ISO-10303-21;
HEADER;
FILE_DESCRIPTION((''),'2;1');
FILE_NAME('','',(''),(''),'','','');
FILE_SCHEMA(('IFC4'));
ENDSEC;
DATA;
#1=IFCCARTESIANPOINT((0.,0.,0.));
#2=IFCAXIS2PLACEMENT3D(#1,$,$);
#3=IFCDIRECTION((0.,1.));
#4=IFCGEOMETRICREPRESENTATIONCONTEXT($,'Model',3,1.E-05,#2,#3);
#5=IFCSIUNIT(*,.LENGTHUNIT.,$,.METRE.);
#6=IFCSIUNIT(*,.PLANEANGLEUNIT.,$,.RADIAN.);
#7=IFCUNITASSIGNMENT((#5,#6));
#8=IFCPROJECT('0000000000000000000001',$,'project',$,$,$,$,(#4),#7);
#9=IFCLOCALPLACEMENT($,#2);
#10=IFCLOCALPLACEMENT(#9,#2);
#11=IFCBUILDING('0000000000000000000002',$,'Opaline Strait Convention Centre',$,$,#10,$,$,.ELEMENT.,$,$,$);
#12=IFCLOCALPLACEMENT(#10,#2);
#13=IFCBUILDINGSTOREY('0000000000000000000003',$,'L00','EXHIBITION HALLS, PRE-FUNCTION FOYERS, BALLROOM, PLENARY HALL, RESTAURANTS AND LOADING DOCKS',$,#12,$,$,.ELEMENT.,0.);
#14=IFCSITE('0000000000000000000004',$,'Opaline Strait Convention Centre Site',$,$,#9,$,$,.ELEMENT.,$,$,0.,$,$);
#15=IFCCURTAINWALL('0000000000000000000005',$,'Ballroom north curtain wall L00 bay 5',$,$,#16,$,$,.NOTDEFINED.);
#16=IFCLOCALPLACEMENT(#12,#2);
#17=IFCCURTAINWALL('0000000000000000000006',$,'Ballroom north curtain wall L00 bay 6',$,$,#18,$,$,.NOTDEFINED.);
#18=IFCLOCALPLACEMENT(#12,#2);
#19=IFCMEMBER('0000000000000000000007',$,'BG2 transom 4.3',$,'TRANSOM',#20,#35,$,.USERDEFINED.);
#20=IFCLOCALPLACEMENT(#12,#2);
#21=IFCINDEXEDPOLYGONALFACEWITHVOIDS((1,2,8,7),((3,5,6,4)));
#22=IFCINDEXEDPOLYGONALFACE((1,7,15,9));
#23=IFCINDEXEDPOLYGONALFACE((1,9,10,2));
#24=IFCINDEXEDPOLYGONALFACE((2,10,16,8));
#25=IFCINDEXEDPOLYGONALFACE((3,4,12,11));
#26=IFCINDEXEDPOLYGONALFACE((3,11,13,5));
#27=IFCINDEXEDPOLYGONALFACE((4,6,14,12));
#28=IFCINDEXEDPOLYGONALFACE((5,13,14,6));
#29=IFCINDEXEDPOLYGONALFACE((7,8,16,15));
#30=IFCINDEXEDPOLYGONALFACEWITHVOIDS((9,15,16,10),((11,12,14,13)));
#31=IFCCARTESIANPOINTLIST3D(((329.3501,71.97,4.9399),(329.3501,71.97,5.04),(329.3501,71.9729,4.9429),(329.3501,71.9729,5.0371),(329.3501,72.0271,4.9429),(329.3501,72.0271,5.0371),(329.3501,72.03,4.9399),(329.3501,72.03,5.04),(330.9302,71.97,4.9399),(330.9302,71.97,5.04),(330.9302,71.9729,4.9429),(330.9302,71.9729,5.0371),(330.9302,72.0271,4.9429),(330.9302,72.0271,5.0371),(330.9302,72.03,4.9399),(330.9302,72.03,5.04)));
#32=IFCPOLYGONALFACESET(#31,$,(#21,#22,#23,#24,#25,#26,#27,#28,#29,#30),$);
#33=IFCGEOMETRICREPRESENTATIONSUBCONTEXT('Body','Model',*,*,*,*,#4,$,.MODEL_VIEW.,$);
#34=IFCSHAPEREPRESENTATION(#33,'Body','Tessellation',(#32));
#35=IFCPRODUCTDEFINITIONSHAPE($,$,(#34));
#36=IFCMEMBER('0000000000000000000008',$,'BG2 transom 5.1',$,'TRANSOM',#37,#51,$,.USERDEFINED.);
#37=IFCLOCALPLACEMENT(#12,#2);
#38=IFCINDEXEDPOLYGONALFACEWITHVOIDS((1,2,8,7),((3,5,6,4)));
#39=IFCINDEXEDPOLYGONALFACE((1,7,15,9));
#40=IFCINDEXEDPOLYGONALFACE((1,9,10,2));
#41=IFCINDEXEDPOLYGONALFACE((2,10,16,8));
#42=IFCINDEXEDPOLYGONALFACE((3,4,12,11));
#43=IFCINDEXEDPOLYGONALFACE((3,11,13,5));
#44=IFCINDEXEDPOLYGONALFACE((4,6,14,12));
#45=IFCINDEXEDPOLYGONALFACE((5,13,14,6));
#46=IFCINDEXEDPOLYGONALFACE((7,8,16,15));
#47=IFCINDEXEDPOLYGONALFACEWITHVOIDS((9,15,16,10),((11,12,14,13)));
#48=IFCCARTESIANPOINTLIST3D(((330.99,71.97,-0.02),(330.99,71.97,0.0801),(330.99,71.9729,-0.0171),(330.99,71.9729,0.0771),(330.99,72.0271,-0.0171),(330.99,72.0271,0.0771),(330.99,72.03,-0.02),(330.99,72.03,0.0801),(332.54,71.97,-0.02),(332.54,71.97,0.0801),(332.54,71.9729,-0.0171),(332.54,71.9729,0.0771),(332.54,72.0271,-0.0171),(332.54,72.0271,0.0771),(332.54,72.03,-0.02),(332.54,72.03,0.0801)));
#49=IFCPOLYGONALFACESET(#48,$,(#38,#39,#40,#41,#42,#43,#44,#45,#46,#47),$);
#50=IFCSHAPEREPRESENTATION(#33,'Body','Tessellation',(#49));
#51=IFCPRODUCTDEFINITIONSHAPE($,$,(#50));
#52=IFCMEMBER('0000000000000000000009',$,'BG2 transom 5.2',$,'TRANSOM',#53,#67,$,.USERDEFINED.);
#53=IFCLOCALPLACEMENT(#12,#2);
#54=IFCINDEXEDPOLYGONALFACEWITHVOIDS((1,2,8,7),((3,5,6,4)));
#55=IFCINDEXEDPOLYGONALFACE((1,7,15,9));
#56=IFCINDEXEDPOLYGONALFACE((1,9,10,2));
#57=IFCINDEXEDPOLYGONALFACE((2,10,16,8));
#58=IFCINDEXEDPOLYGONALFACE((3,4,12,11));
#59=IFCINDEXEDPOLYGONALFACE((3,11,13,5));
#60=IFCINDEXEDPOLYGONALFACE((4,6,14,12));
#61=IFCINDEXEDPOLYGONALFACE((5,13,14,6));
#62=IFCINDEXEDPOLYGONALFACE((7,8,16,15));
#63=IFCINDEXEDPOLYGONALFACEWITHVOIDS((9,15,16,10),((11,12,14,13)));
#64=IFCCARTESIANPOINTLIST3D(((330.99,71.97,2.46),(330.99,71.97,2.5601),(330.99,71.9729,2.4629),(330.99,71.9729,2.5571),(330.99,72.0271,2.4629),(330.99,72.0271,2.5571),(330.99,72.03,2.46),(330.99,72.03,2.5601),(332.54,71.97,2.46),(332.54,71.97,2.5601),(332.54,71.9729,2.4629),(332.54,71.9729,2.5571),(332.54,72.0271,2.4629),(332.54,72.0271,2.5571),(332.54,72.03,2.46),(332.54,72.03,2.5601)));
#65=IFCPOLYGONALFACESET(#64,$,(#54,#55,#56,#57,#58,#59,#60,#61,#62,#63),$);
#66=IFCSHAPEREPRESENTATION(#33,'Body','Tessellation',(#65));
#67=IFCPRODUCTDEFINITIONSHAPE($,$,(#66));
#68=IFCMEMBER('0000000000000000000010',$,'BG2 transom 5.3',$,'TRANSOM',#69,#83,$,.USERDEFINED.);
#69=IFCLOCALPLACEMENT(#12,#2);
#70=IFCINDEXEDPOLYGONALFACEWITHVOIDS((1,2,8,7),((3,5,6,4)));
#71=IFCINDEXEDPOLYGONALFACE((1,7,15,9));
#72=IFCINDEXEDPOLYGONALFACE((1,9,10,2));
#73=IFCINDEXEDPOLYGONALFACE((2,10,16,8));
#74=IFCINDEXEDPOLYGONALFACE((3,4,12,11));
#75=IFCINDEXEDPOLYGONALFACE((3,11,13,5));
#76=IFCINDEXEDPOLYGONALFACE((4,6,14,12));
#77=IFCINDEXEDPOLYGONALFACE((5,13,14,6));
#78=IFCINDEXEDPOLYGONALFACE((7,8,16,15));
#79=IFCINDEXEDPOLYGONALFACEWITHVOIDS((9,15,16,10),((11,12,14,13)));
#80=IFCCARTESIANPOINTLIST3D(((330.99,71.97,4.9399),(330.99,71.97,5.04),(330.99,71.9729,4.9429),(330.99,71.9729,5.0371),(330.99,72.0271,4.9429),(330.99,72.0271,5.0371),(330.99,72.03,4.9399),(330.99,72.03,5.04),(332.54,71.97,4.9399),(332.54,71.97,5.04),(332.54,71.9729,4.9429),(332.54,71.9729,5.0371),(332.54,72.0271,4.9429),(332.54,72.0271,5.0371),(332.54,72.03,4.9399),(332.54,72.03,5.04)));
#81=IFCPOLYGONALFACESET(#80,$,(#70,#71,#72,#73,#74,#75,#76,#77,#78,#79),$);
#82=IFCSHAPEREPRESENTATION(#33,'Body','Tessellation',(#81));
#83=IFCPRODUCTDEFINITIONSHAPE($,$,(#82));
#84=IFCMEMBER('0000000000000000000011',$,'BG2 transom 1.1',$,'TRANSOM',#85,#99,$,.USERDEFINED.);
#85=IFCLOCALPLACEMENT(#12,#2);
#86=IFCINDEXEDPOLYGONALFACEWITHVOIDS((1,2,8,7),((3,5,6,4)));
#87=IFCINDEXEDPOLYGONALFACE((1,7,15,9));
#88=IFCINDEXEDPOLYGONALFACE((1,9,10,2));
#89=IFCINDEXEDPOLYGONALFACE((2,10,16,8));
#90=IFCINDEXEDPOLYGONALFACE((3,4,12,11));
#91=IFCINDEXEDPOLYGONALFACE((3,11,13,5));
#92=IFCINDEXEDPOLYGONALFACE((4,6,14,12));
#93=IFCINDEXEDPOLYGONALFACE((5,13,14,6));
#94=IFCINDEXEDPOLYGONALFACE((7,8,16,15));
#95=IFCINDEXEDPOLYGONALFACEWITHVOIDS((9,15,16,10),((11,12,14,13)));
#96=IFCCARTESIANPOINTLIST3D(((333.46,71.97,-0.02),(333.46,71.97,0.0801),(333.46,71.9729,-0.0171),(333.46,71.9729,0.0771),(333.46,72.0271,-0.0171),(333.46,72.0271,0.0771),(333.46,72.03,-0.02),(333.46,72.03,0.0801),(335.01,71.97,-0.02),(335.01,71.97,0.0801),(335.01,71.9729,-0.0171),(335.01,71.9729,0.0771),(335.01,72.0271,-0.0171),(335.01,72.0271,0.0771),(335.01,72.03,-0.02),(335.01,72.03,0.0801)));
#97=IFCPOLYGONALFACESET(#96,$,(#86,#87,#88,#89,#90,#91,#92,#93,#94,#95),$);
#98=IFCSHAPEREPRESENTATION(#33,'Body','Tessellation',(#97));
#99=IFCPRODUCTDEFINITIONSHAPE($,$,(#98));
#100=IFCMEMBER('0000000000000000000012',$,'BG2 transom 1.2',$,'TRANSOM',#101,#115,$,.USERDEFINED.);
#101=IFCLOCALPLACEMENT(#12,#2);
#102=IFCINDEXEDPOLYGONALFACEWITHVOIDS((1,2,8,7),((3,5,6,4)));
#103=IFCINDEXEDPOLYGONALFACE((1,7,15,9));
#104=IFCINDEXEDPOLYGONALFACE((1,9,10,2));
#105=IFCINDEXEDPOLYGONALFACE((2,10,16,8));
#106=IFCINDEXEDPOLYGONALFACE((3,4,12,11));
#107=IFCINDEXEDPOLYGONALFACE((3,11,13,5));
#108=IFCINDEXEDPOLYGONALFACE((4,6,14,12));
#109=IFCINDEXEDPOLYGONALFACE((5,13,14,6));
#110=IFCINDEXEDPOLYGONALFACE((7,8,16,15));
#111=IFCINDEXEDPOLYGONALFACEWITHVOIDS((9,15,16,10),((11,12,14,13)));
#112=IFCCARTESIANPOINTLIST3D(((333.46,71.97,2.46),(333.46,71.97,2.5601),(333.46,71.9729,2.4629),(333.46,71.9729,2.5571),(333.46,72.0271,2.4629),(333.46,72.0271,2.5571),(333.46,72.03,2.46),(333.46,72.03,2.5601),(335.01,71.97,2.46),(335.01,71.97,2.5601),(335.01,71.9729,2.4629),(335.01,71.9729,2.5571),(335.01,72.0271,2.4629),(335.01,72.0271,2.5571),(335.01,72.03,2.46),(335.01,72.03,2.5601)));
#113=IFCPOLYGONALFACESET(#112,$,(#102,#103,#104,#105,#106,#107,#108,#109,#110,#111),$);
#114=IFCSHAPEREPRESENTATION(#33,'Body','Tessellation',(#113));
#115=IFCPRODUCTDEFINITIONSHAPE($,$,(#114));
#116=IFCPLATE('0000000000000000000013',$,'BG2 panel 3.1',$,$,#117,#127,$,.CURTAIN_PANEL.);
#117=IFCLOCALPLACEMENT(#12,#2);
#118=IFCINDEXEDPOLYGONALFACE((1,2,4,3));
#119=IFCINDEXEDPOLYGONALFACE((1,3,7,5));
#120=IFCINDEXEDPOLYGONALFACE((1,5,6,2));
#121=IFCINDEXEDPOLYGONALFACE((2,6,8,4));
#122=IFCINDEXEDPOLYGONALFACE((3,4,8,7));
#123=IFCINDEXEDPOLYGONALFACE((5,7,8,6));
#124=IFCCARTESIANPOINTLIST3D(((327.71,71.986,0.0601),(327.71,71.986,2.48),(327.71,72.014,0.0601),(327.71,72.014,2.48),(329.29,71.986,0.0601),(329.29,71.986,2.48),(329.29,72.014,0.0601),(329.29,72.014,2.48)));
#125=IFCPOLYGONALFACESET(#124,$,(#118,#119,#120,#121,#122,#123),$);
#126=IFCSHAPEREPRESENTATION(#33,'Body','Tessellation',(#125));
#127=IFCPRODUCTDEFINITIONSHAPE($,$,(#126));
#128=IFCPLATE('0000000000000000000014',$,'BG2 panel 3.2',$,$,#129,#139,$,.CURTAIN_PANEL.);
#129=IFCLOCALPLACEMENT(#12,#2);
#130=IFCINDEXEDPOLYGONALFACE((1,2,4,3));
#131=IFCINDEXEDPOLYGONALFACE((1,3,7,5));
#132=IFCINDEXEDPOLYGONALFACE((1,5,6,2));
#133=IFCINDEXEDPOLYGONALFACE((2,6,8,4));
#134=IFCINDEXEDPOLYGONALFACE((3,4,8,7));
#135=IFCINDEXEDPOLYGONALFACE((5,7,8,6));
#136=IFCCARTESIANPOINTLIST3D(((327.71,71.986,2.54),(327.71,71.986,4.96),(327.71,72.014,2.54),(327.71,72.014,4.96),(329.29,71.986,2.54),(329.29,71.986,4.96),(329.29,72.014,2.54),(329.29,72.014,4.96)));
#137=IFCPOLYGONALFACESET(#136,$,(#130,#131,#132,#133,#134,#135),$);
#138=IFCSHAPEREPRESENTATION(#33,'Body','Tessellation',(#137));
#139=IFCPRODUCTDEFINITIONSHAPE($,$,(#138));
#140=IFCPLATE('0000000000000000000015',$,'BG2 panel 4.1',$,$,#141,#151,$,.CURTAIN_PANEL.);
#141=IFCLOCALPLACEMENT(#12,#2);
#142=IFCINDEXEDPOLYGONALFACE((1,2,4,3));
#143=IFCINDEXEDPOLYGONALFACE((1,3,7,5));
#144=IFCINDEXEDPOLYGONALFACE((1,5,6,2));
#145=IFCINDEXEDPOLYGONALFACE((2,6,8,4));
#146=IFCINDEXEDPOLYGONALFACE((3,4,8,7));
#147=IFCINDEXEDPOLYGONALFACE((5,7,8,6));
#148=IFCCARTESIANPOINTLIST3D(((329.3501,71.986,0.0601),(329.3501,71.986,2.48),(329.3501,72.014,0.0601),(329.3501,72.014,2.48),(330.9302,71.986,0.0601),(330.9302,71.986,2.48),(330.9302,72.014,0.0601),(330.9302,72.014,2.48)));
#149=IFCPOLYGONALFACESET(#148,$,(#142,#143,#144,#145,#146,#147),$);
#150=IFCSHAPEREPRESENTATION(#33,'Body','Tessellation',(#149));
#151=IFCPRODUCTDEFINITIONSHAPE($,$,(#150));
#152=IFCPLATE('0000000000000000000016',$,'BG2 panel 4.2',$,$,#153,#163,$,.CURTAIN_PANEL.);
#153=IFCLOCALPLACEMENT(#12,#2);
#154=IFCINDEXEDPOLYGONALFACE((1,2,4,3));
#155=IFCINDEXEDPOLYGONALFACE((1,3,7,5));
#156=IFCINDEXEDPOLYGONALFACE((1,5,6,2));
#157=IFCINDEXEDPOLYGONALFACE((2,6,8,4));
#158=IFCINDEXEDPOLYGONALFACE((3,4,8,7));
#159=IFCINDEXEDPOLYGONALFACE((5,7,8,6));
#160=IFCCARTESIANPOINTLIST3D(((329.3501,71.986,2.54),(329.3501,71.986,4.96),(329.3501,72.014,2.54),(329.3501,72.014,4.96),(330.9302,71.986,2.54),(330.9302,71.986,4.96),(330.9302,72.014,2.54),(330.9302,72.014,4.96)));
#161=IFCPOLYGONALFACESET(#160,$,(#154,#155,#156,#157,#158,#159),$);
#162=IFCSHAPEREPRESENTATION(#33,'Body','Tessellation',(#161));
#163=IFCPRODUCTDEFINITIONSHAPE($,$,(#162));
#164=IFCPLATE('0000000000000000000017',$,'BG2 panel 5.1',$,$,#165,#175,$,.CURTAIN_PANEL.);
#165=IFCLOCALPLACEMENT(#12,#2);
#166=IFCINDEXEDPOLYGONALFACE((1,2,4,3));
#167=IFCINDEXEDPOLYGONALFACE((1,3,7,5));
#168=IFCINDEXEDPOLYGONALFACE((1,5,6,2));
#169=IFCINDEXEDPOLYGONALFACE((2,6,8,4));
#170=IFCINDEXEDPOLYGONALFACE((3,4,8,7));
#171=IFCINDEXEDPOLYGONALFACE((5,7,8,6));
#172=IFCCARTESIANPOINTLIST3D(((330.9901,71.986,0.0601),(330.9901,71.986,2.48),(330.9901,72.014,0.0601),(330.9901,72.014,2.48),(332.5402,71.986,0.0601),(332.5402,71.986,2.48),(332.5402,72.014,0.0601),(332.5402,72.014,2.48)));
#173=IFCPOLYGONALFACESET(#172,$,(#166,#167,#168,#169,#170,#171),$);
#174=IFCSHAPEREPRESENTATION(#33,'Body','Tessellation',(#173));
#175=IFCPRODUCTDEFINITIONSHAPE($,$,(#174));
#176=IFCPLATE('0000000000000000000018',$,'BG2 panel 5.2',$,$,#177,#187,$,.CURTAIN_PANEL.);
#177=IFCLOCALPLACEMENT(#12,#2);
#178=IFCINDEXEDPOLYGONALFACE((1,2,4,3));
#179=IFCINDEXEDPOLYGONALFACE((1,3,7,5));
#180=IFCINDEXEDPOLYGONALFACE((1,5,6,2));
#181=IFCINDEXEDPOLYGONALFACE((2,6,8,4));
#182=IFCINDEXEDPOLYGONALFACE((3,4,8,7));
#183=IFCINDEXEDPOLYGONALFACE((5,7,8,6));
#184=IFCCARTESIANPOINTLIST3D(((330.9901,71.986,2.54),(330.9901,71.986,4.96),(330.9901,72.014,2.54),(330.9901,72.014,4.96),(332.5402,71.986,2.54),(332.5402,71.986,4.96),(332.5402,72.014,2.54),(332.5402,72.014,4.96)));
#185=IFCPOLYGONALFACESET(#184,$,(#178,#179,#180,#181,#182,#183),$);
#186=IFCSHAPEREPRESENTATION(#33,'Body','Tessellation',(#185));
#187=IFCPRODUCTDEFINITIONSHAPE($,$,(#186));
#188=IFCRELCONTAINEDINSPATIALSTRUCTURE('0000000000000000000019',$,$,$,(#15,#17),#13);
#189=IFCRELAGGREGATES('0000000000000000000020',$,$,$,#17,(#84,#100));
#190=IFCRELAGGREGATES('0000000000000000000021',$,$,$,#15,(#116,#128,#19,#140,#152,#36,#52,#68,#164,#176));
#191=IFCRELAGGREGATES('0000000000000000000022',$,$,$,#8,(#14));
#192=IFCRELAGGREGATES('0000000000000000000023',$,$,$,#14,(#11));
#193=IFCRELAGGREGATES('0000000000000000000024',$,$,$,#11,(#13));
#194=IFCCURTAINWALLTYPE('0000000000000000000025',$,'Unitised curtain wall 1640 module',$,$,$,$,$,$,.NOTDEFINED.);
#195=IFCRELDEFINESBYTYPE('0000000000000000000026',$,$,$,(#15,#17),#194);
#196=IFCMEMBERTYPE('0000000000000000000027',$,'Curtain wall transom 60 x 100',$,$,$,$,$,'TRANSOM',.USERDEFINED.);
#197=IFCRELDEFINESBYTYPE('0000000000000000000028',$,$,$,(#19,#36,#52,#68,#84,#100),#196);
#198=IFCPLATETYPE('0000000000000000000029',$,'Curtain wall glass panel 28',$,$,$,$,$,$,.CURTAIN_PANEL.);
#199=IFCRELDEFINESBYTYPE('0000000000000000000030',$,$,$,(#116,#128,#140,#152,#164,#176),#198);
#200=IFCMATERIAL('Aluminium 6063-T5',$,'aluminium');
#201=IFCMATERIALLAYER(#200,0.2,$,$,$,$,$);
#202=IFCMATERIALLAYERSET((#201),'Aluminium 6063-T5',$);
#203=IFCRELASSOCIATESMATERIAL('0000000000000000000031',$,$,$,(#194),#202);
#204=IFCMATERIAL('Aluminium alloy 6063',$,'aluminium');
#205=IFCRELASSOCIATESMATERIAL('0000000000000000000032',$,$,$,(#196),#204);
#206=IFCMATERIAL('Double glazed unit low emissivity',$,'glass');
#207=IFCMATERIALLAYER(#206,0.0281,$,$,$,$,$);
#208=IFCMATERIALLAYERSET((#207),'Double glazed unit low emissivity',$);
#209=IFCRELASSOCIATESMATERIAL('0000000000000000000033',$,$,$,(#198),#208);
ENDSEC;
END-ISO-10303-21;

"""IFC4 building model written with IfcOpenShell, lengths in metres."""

from ifc_helpers import new_model, si_unit, direction, frame, origin, origin_2d, place, context, subcontext, project, spatial, rectangle, hollow_rectangle, extrude, material, layer, layer_set, material_profile, profile_set, type_object, element, aggregate, save


model = new_model("IFC4")

# Units and contexts
model_context = context("Model", 3, precision=1e-05, world=origin(), true_north=direction((0.0, 1.0)))
body_context = subcontext(model_context, "Body", "Model", "MODEL_VIEW")
ifc_project = project(units=[si_unit("LENGTHUNIT", "METRE"), si_unit("PLANEANGLEUNIT", "RADIAN")], contexts=[model_context])

# Site, building, storey
site_placement = place(None, origin())
site = spatial("IfcSite", under=ifc_project, at=site_placement, Name="Opaline Strait Convention Centre Site", CompositionType="ELEMENT", RefElevation=0.0)
building_placement = place(site_placement, origin())
building = spatial("IfcBuilding", under=site, at=building_placement, Name="Opaline Strait Convention Centre", CompositionType="ELEMENT")
storey_placement = place(building_placement, origin())
storey = spatial("IfcBuildingStorey", under=building, at=storey_placement, Name="L00", Description="EXHIBITION HALLS, PRE-FUNCTION FOYERS, BALLROOM, PLENARY HALL, RESTAURANTS AND LOADING DOCKS", CompositionType="ELEMENT", Elevation=0.0)

# Curtain wall
ifc_material_1 = material(Name="Aluminium 6063-T5", Category="aluminium")
ifc_layer_1 = layer(ifc_material_1, 0.2)
ifc_layer_set_1 = layer_set([ifc_layer_1], Name="Aluminium 6063-T5")
curtain_wall_type = type_object("IfcCurtainWallType", Name="Unitised curtain wall 1640 module", PredefinedType="NOTDEFINED", material=ifc_layer_set_1)
curtain_wall_1_placement = place(storey_placement, origin())
curtain_wall_1 = element("IfcCurtainWall", 1, at=curtain_wall_1_placement, inside=storey, type_object=curtain_wall_type, Name="Ballroom north curtain wall L00 bay 5", PredefinedType="NOTDEFINED")
ifc_material_2 = material(Name="Aluminium alloy 6063", Category="aluminium")

# Curtain wall
curtain_wall_2_placement = place(storey_placement, origin())
curtain_wall_2 = element("IfcCurtainWall", 2, at=curtain_wall_2_placement, inside=storey, type_object=curtain_wall_type, Name="Ballroom north curtain wall L00 bay 6", PredefinedType="NOTDEFINED")

# Members
ifc_material_profile_1 = material_profile(ifc_material_2, hollow_rectangle(XDim=0.0601, YDim=0.1001, WallThickness=0.0029, at=origin_2d()), Name="TRANSOM 60x100x3")
ifc_profile_set_1 = profile_set([ifc_material_profile_1], Name="Aluminium alloy 6063")
member_type_1 = type_object("IfcMemberType", Name="Curtain wall transom 60 x 100", ElementType="TRANSOM", PredefinedType="USERDEFINED", material=ifc_profile_set_1)
member_1_placement = place(storey_placement, frame((329.3501, 72.0, 4.99), z_axis=(1.0, 0.0, 0.0), x_axis=(0.0, 1.0, 0.0)))
member_1 = element("IfcMember", 3, at=member_1_placement, type_object=member_type_1, Name="BG2 transom 4.3", ObjectType="TRANSOM", PredefinedType="USERDEFINED", context=body_context, shape_type="SweptSolid", body=[
    extrude(hollow_rectangle(XDim=0.0601, YDim=0.1001, WallThickness=0.0029, at=origin_2d()), origin(), (0.0, 0.0, 1.0), 1.5801),
])
member_2_placement = place(storey_placement, frame((330.99, 72.0, 0.03), z_axis=(1.0, 0.0, 0.0), x_axis=(0.0, 1.0, 0.0)))
member_2 = element("IfcMember", 4, at=member_2_placement, type_object=member_type_1, Name="BG2 transom 5.1", ObjectType="TRANSOM", PredefinedType="USERDEFINED", context=body_context, shape_type="SweptSolid", body=[
    extrude(hollow_rectangle(XDim=0.0601, YDim=0.1001, WallThickness=0.0029, at=origin_2d()), origin(), (0.0, 0.0, 1.0), 1.55),
])
member_3_placement = place(storey_placement, frame((330.99, 72.0, 2.51), z_axis=(1.0, 0.0, 0.0), x_axis=(0.0, 1.0, 0.0)))
member_3 = element("IfcMember", 5, at=member_3_placement, type_object=member_type_1, Name="BG2 transom 5.2", ObjectType="TRANSOM", PredefinedType="USERDEFINED", context=body_context, shape_type="SweptSolid", body=[
    extrude(hollow_rectangle(XDim=0.0601, YDim=0.1001, WallThickness=0.0029, at=origin_2d()), origin(), (0.0, 0.0, 1.0), 1.55),
])
member_4_placement = place(storey_placement, frame((330.99, 72.0, 4.99), z_axis=(1.0, 0.0, 0.0), x_axis=(0.0, 1.0, 0.0)))
member_4 = element("IfcMember", 6, at=member_4_placement, type_object=member_type_1, Name="BG2 transom 5.3", ObjectType="TRANSOM", PredefinedType="USERDEFINED", context=body_context, shape_type="SweptSolid", body=[
    extrude(hollow_rectangle(XDim=0.0601, YDim=0.1001, WallThickness=0.0029, at=origin_2d()), origin(), (0.0, 0.0, 1.0), 1.55),
])
member_5_placement = place(storey_placement, frame((333.46, 72.0, 0.03), z_axis=(1.0, 0.0, 0.0), x_axis=(0.0, 1.0, 0.0)))
member_5 = element("IfcMember", 7, at=member_5_placement, type_object=member_type_1, Name="BG2 transom 1.1", ObjectType="TRANSOM", PredefinedType="USERDEFINED", context=body_context, shape_type="SweptSolid", body=[
    extrude(hollow_rectangle(XDim=0.0601, YDim=0.1001, WallThickness=0.0029, at=origin_2d()), origin(), (0.0, 0.0, 1.0), 1.55),
])
member_6_placement = place(storey_placement, frame((333.46, 72.0, 2.51), z_axis=(1.0, 0.0, 0.0), x_axis=(0.0, 1.0, 0.0)))
member_6 = element("IfcMember", 8, at=member_6_placement, type_object=member_type_1, Name="BG2 transom 1.2", ObjectType="TRANSOM", PredefinedType="USERDEFINED", context=body_context, shape_type="SweptSolid", body=[
    extrude(hollow_rectangle(XDim=0.0601, YDim=0.1001, WallThickness=0.0029, at=origin_2d()), origin(), (0.0, 0.0, 1.0), 1.55),
])
aggregate(curtain_wall_2, [member_5, member_6])

# Plates
ifc_material_3 = material(Name="Double glazed unit low emissivity", Category="glass")
ifc_layer_2 = layer(ifc_material_3, 0.0281)
ifc_layer_set_2 = layer_set([ifc_layer_2], Name="Double glazed unit low emissivity")
plate_type = type_object("IfcPlateType", Name="Curtain wall glass panel 28", PredefinedType="CURTAIN_PANEL", material=ifc_layer_set_2)
plate_1_placement = place(storey_placement, frame((328.5, 72.0, 0.0601), z_axis=(0.0, 0.0, 1.0), x_axis=(1.0, 0.0, 0.0)))
plate_1 = element("IfcPlate", 9, at=plate_1_placement, type_object=plate_type, Name="BG2 panel 3.1", PredefinedType="CURTAIN_PANEL", context=body_context, shape_type="SweptSolid", body=[
    extrude(rectangle(XDim=1.5801, YDim=0.0281, at=origin_2d()), origin(), (0.0, 0.0, 1.0), 2.4199),
])
plate_2_placement = place(storey_placement, frame((328.5, 72.0, 2.54), z_axis=(0.0, 0.0, 1.0), x_axis=(1.0, 0.0, 0.0)))
plate_2 = element("IfcPlate", 10, at=plate_2_placement, type_object=plate_type, Name="BG2 panel 3.2", PredefinedType="CURTAIN_PANEL", context=body_context, shape_type="SweptSolid", body=[
    extrude(rectangle(XDim=1.5801, YDim=0.0281, at=origin_2d()), origin(), (0.0, 0.0, 1.0), 2.4199),
])
plate_3_placement = place(storey_placement, frame((330.1401, 72.0, 0.0601), z_axis=(0.0, 0.0, 1.0), x_axis=(1.0, 0.0, 0.0)))
plate_3 = element("IfcPlate", 11, at=plate_3_placement, type_object=plate_type, Name="BG2 panel 4.1", PredefinedType="CURTAIN_PANEL", context=body_context, shape_type="SweptSolid", body=[
    extrude(rectangle(XDim=1.5801, YDim=0.0281, at=origin_2d()), origin(), (0.0, 0.0, 1.0), 2.4199),
])
plate_4_placement = place(storey_placement, frame((330.1401, 72.0, 2.54), z_axis=(0.0, 0.0, 1.0), x_axis=(1.0, 0.0, 0.0)))
plate_4 = element("IfcPlate", 12, at=plate_4_placement, type_object=plate_type, Name="BG2 panel 4.2", PredefinedType="CURTAIN_PANEL", context=body_context, shape_type="SweptSolid", body=[
    extrude(rectangle(XDim=1.5801, YDim=0.0281, at=origin_2d()), origin(), (0.0, 0.0, 1.0), 2.4199),
])
plate_5_placement = place(storey_placement, frame((331.7651, 72.0, 0.0601), z_axis=(0.0, 0.0, 1.0), x_axis=(1.0, 0.0, 0.0)))
plate_5 = element("IfcPlate", 13, at=plate_5_placement, type_object=plate_type, Name="BG2 panel 5.1", PredefinedType="CURTAIN_PANEL", context=body_context, shape_type="SweptSolid", body=[
    extrude(rectangle(XDim=1.55, YDim=0.0281, at=origin_2d()), origin(), (0.0, 0.0, 1.0), 2.4199),
])
plate_6_placement = place(storey_placement, frame((331.7651, 72.0, 2.54), z_axis=(0.0, 0.0, 1.0), x_axis=(1.0, 0.0, 0.0)))
plate_6 = element("IfcPlate", 14, at=plate_6_placement, type_object=plate_type, Name="BG2 panel 5.2", PredefinedType="CURTAIN_PANEL", context=body_context, shape_type="SweptSolid", body=[
    extrude(rectangle(XDim=1.55, YDim=0.0281, at=origin_2d()), origin(), (0.0, 0.0, 1.0), 2.4199),
])
aggregate(curtain_wall_1, [plate_1, plate_2, member_1, plate_3, plate_4, member_2, member_3, member_4, plate_5, plate_6])

save(model, "model.ifc")
